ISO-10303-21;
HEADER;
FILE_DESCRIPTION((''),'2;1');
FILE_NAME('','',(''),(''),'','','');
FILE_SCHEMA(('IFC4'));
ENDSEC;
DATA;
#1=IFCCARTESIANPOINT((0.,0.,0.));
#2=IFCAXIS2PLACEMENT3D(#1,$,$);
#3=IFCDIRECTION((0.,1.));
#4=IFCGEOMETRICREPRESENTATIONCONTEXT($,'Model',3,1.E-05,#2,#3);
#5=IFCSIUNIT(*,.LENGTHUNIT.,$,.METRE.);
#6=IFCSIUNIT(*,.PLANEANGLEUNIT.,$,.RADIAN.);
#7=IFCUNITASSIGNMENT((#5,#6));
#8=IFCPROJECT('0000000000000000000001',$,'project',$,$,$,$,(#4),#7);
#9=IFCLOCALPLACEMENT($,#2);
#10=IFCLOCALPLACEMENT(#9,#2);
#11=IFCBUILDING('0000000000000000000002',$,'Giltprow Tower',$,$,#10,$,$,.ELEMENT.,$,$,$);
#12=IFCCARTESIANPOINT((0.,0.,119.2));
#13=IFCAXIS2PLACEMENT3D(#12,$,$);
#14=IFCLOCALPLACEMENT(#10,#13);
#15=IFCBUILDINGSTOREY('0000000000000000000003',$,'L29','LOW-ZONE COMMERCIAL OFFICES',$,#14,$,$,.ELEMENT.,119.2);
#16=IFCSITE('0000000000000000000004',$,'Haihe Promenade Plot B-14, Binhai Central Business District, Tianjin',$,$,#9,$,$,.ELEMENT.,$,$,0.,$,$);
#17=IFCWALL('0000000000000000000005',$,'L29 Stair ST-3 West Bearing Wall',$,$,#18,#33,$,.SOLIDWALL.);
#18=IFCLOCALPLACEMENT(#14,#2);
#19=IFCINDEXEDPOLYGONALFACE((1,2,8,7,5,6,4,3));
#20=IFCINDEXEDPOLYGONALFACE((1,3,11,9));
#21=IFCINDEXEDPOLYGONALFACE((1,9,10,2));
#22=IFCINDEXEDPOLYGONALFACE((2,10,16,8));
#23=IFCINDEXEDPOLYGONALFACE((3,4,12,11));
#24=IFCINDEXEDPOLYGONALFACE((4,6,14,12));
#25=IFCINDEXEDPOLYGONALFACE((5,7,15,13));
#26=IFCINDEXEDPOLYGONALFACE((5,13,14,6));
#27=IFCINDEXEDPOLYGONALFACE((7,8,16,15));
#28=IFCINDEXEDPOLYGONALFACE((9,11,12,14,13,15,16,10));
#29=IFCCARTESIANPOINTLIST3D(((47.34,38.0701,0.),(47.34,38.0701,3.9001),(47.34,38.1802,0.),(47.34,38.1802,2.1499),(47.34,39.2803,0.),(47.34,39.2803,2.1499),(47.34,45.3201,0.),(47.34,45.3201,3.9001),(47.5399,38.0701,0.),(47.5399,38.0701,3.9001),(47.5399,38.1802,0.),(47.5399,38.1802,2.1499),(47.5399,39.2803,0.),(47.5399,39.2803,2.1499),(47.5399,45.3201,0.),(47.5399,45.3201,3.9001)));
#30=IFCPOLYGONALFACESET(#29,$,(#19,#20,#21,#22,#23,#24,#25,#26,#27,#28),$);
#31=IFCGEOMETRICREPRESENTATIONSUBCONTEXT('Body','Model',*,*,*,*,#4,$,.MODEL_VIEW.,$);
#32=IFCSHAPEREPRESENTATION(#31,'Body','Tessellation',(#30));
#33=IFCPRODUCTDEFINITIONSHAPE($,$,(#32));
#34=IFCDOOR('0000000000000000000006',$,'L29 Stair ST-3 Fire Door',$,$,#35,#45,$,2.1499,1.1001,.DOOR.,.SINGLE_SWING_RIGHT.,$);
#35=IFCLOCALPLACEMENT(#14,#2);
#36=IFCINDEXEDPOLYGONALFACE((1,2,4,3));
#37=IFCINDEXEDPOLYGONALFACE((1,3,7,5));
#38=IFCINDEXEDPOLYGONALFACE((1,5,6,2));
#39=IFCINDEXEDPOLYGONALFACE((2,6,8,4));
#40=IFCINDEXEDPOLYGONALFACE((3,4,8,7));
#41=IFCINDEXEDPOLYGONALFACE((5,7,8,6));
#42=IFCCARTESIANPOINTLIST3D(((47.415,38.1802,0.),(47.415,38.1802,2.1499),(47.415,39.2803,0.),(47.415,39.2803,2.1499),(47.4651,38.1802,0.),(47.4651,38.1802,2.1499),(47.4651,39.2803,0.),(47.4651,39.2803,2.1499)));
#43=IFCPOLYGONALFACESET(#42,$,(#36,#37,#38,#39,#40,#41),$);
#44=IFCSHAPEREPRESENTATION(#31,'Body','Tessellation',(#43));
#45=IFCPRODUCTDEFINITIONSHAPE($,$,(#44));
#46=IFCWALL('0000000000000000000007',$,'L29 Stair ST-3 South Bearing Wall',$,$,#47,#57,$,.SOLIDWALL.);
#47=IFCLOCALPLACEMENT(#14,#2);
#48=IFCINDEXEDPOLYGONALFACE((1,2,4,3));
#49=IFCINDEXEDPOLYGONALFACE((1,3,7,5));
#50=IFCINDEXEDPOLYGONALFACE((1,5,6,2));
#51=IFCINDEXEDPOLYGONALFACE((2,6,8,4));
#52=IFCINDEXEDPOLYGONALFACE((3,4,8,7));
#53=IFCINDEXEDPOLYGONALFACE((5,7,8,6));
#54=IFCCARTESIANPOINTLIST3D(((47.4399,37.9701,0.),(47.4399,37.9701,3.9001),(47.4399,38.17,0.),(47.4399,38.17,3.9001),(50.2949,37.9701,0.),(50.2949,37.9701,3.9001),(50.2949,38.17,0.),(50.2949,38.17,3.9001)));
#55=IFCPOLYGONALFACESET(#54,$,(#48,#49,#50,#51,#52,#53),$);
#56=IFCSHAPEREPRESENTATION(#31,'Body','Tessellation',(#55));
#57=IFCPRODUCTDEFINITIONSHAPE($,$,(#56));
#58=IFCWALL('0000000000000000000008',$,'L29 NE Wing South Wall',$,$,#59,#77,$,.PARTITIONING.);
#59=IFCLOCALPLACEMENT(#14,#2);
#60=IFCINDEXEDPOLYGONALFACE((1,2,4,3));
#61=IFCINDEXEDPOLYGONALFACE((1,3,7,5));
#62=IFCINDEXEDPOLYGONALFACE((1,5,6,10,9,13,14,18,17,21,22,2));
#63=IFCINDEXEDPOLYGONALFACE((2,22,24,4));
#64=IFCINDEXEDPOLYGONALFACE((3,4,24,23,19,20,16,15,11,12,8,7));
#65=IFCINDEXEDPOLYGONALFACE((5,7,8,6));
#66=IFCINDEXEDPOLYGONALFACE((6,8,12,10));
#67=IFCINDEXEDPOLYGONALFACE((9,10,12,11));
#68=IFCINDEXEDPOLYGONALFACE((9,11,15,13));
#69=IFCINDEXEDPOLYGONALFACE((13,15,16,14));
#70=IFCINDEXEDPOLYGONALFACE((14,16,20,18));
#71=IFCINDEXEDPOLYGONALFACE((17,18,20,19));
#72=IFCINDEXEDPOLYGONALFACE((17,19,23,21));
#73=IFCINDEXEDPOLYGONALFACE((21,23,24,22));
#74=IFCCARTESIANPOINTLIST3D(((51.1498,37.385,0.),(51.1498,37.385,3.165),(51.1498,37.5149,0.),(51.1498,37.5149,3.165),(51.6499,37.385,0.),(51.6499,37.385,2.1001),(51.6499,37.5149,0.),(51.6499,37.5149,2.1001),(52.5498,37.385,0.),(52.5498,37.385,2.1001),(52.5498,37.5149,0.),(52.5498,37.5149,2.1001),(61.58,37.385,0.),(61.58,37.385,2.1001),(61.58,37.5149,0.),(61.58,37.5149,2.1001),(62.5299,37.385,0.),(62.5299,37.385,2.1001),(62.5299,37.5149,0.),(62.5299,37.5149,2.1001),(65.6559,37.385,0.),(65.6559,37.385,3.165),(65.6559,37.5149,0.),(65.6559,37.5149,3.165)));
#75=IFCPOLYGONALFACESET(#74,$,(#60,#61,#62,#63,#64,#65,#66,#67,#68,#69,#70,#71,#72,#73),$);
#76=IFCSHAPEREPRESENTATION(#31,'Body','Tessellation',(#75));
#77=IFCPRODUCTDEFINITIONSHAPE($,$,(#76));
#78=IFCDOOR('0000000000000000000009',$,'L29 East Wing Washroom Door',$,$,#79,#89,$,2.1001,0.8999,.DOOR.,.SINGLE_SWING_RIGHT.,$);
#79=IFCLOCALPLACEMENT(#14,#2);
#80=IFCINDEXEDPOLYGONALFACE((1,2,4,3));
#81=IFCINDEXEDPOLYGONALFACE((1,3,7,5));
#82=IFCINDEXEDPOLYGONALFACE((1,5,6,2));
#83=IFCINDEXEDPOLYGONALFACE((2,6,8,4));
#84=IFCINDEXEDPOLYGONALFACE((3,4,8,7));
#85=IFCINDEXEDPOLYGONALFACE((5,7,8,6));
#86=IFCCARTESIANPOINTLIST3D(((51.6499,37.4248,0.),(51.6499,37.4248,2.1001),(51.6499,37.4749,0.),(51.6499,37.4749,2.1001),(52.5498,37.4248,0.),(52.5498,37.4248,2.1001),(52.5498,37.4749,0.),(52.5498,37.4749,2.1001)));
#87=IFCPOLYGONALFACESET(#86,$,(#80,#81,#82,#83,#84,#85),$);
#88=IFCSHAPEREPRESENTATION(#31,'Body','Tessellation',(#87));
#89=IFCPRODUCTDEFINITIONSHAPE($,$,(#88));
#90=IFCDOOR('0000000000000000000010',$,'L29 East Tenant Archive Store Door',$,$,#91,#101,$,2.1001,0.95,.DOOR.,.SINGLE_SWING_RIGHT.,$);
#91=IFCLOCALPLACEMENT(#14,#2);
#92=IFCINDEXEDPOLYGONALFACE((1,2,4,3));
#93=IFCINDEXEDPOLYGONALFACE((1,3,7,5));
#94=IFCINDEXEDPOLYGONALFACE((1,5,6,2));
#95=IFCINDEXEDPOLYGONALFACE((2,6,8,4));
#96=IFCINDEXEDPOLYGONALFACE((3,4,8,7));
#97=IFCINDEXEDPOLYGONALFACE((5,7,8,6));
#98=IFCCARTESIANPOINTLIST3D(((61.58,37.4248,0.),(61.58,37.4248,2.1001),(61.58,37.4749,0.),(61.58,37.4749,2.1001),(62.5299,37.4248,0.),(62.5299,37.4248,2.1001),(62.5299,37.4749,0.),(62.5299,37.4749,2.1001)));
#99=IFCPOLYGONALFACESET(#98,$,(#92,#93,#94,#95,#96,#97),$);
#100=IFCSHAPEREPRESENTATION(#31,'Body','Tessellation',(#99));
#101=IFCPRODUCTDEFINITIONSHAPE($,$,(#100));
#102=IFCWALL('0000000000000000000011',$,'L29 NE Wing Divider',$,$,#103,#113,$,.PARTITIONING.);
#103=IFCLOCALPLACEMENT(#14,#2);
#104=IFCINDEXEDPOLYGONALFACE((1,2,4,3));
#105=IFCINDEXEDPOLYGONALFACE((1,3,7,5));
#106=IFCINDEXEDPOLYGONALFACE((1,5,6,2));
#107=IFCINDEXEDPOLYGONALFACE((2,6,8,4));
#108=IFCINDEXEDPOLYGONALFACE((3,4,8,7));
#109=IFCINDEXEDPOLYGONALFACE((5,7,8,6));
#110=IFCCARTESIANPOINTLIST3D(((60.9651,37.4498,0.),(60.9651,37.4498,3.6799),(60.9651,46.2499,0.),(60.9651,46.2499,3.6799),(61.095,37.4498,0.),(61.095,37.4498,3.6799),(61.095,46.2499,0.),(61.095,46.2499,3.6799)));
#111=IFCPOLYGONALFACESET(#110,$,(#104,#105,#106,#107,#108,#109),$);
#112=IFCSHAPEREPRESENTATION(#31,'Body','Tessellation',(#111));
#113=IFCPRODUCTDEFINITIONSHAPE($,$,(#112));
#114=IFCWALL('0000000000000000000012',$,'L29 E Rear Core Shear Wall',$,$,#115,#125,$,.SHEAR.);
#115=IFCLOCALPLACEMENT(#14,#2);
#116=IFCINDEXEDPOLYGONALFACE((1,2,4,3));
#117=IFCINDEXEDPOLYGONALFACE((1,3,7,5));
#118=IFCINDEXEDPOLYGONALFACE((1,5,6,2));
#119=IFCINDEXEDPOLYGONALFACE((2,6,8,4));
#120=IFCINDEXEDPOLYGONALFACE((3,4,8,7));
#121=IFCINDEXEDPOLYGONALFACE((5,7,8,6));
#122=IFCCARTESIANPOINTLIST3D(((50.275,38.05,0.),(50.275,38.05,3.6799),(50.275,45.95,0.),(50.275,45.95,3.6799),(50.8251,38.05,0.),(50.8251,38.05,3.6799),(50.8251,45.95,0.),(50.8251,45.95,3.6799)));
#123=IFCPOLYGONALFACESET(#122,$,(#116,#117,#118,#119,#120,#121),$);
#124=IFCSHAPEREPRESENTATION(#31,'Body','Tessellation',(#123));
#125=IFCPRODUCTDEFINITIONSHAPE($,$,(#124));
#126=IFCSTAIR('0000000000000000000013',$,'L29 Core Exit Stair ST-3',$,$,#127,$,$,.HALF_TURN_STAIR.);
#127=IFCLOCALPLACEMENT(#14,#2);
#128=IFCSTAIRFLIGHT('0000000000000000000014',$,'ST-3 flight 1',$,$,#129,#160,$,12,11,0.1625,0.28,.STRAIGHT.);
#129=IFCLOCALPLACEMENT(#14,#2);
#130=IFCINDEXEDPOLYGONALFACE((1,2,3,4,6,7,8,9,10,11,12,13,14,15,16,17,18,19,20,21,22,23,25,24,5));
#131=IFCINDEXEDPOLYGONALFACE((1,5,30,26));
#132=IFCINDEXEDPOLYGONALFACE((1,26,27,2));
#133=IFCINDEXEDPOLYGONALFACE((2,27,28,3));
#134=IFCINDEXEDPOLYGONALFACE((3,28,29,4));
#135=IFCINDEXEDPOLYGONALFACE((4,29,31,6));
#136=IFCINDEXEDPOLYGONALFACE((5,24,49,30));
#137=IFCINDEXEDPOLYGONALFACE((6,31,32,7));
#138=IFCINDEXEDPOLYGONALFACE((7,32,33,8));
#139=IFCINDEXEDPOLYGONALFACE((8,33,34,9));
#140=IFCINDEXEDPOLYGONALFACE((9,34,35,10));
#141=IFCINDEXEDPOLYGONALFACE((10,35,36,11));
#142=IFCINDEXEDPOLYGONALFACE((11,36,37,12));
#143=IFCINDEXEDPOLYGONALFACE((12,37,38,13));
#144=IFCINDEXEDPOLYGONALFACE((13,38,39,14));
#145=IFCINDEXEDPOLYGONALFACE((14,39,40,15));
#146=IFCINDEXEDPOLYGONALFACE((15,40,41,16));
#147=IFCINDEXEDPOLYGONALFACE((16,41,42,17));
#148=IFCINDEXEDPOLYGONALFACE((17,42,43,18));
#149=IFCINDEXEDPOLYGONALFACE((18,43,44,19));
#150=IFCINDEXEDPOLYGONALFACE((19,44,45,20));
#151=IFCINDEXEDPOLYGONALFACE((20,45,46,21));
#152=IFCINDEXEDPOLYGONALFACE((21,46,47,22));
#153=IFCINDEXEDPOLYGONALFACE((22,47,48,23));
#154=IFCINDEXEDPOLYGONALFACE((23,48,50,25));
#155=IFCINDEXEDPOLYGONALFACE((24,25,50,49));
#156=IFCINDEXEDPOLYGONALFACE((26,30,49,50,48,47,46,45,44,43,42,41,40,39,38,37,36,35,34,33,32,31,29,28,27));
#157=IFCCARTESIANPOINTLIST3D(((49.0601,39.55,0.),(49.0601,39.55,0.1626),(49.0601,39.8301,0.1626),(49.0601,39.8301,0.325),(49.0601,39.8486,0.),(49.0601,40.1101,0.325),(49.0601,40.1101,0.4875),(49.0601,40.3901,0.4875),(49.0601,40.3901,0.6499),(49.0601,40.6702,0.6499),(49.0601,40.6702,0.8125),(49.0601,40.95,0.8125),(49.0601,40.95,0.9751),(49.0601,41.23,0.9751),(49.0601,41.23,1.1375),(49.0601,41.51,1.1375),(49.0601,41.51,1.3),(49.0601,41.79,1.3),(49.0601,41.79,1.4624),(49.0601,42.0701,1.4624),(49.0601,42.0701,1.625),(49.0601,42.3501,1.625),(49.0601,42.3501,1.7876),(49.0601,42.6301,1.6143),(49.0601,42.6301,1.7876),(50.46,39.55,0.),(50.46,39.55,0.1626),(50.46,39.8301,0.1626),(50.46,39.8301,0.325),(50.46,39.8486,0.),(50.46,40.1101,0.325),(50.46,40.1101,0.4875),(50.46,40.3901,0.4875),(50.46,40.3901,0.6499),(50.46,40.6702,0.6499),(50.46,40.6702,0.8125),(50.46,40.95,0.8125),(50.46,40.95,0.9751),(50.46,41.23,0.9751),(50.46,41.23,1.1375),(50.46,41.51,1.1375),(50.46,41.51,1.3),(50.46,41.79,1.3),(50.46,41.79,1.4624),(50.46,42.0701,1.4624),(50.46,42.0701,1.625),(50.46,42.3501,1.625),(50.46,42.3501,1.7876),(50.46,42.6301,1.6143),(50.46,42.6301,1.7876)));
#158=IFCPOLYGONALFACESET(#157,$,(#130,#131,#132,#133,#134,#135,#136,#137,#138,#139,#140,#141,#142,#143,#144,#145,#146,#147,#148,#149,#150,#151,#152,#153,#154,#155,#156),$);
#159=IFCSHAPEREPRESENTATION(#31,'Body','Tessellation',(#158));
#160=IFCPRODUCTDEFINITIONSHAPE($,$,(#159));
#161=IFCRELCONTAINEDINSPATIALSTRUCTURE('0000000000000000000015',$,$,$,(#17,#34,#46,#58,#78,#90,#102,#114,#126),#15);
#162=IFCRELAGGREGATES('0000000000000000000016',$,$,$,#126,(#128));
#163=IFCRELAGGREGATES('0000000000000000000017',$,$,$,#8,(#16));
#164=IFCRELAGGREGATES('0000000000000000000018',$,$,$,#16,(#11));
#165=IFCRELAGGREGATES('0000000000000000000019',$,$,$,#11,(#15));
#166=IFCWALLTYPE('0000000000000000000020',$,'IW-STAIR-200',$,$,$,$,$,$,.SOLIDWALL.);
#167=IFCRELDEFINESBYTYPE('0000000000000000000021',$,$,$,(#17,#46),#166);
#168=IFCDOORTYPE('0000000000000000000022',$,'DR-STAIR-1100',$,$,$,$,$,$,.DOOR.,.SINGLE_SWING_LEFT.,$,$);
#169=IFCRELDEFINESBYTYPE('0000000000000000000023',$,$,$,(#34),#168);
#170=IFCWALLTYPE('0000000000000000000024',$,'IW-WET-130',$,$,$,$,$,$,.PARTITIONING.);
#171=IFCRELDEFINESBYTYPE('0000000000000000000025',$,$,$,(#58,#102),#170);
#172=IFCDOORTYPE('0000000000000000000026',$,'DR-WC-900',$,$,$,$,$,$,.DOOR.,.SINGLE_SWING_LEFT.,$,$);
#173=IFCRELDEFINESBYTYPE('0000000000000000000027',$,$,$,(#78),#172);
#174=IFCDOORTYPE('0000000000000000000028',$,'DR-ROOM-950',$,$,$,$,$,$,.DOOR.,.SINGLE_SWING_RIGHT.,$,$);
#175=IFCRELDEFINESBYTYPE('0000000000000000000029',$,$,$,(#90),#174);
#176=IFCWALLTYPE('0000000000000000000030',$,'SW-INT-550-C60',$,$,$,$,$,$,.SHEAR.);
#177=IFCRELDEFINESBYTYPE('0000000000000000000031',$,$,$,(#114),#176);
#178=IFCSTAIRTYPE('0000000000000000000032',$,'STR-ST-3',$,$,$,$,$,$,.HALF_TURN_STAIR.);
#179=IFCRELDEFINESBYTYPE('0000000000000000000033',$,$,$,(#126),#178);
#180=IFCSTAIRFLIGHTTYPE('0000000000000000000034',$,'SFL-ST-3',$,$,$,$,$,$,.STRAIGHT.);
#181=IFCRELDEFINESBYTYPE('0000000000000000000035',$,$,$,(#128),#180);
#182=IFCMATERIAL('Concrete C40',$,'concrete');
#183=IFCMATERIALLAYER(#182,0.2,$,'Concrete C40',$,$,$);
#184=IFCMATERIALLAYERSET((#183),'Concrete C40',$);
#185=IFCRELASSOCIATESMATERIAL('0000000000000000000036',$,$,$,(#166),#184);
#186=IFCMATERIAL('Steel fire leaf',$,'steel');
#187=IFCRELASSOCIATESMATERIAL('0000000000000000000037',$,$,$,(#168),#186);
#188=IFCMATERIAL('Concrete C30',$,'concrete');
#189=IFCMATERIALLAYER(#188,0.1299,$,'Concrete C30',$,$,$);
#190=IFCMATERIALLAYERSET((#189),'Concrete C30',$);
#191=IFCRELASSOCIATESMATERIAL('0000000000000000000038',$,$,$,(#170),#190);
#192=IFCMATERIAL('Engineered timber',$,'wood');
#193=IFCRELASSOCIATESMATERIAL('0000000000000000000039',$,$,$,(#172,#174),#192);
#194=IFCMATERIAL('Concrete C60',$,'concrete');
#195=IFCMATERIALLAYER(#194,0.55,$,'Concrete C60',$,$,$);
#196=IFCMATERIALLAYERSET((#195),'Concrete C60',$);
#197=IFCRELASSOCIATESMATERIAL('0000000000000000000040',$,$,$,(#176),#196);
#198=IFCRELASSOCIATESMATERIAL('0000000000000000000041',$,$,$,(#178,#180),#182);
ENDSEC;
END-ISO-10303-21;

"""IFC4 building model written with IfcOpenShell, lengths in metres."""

from ifc_helpers import new_model, si_unit, direction, frame, frame_2d, origin, place, context, subcontext, project, spatial, polyline, rectangle, outline, extrude, source, transform, mapped, material, layer, layer_set, type_object, element, fill, aggregate, save


model = new_model("IFC4")

# Units and contexts
model_context = context("Model", 3, precision=1e-05, world=origin(), true_north=direction((0.0, 1.0)))
body_context = subcontext(model_context, "Body", "Model", "MODEL_VIEW")
ifc_project = project(units=[si_unit("LENGTHUNIT", "METRE"), si_unit("PLANEANGLEUNIT", "RADIAN")], contexts=[model_context])

# Site, building, storey
site_placement = place(None, origin())
site = spatial("IfcSite", under=ifc_project, at=site_placement, Name="Haihe Promenade Plot B-14, Binhai Central Business District, Tianjin", CompositionType="ELEMENT", RefElevation=0.0)
building_placement = place(site_placement, origin())
building = spatial("IfcBuilding", under=site, at=building_placement, Name="Giltprow Tower", CompositionType="ELEMENT")
storey_placement = place(building_placement, frame((0.0, 0.0, 119.2)))
storey = spatial("IfcBuildingStorey", under=building, at=storey_placement, Name="L29", Description="LOW-ZONE COMMERCIAL OFFICES", CompositionType="ELEMENT", Elevation=119.2)

# Shared definitions
ifc_material_1 = material(Name="Concrete C60", Category="concrete")

# Wall, opening, door
ifc_material_2 = material(Name="Concrete C40", Category="concrete")
ifc_layer_1 = layer(ifc_material_2, 0.2, Name="Concrete C40")
ifc_layer_set_1 = layer_set([ifc_layer_1], Name="Concrete C40")
wall_type_1 = type_object("IfcWallType", Name="IW-STAIR-200", PredefinedType="SOLIDWALL", material=ifc_layer_set_1)
wall_1_placement = place(storey_placement, frame((47.4399, 38.0701, 0.0), z_axis=(0.0, 0.0, 1.0), x_axis=(0.0, 1.0, 0.0)))
wall_1 = element("IfcWall", 1, at=wall_1_placement, inside=storey, type_object=wall_type_1, Name="L29 Stair ST-3 West Bearing Wall", PredefinedType="SOLIDWALL", context=body_context, shape_type="SweptSolid", body=[
    extrude(rectangle(XDim=7.25, YDim=0.2, at=frame_2d((3.625, 0.0))), origin(), (0.0, 0.0, 1.0), 3.9001),
])
opening_1_placement = place(wall_1_placement, frame((0.1101, 0.0, 0.0)))
opening_1 = element("IfcOpeningElement", 2, at=opening_1_placement, cuts=wall_1, PredefinedType="OPENING", context=body_context, shape_type="SweptSolid", body=[
    extrude(rectangle(XDim=1.1001, YDim=2.1499, at=frame_2d((0.55, 1.075))), frame((0.0, 0.1099, 0.0), z_axis=(0.0, -1.0, 0.0), x_axis=(1.0, 0.0, 0.0)), (0.0, 0.0, 1.0), 0.22),
])
ifc_material_3 = material(Name="Steel fire leaf", Category="steel")
door_type_1 = type_object("IfcDoorType", Name="DR-STAIR-1100", OperationType="SINGLE_SWING_LEFT", PredefinedType="DOOR", material=ifc_material_3)
shared_shape_1 = source(origin(), body_context, "Body", "SweptSolid", [
    extrude(rectangle(XDim=1.1001, YDim=2.1499, at=frame_2d((0.55, 1.075))), frame((0.0, 0.0249, 0.0), z_axis=(0.0, -1.0, 0.0), x_axis=(1.0, 0.0, 0.0)), (0.0, 0.0, 1.0), 0.05),
])
door_1_placement = place(opening_1_placement, origin())
door_1 = element("IfcDoor", 3, at=door_1_placement, inside=storey, type_object=door_type_1, Name="L29 Stair ST-3 Fire Door", OperationType="SINGLE_SWING_RIGHT", OverallHeight=2.1499, OverallWidth=1.1001, PredefinedType="DOOR", context=body_context, shape_type="MappedRepresentation", body=[
    mapped(shared_shape_1, transform((0.0, 0.0, 0.0), x_axis=(1.0, 0.0, 0.0), y_axis=(0.0, 1.0, 0.0), z_axis=(0.0, 0.0, 1.0), scale=1.0)),
])
fill(opening_1, door_1)

# Wall
wall_2_placement = place(storey_placement, frame((47.4399, 38.0701, 0.0), z_axis=(0.0, 0.0, 1.0), x_axis=(1.0, 0.0, 0.0)))
element("IfcWall", 4, at=wall_2_placement, inside=storey, type_object=wall_type_1, Name="L29 Stair ST-3 South Bearing Wall", PredefinedType="SOLIDWALL", context=body_context, shape_type="SweptSolid", body=[
    extrude(rectangle(XDim=2.855, YDim=0.2, at=frame_2d((1.4275, 0.0))), origin(), (0.0, 0.0, 1.0), 3.9001),
])

# Wall, openings, doors
ifc_material_4 = material(Name="Concrete C30", Category="concrete")
ifc_layer_2 = layer(ifc_material_4, 0.1299, Name="Concrete C30")
ifc_layer_set_2 = layer_set([ifc_layer_2], Name="Concrete C30")
wall_type_2 = type_object("IfcWallType", Name="IW-WET-130", PredefinedType="PARTITIONING", material=ifc_layer_set_2)
wall_3_placement = place(storey_placement, frame((51.1499, 37.45, 0.0), z_axis=(0.0, 0.0, 1.0), x_axis=(1.0, 0.0, 0.0)))
wall_3 = element("IfcWall", 5, at=wall_3_placement, inside=storey, type_object=wall_type_2, Name="L29 NE Wing South Wall", PredefinedType="PARTITIONING", context=body_context, shape_type="SweptSolid", body=[
    extrude(rectangle(XDim=14.5061, YDim=0.1299, at=frame_2d((7.2529, 0.0))), origin(), (0.0, 0.0, 1.0), 3.165),
])
opening_2_placement = place(wall_3_placement, frame((0.5, 0.0, 0.0)))
opening_2 = element("IfcOpeningElement", 6, at=opening_2_placement, cuts=wall_3, PredefinedType="OPENING", context=body_context, shape_type="SweptSolid", body=[
    extrude(rectangle(XDim=0.8999, YDim=2.1001, at=frame_2d((0.45, 1.05))), frame((0.0, 0.075, 0.0), z_axis=(0.0, -1.0, 0.0), x_axis=(1.0, 0.0, 0.0)), (0.0, 0.0, 1.0), 0.1499),
])
opening_3_placement = place(wall_3_placement, frame((10.4299, 0.0, 0.0)))
opening_3 = element("IfcOpeningElement", 7, at=opening_3_placement, cuts=wall_3, PredefinedType="OPENING", context=body_context, shape_type="SweptSolid", body=[
    extrude(rectangle(XDim=0.95, YDim=2.1001, at=frame_2d((0.4751, 1.05))), frame((0.0, 0.075, 0.0), z_axis=(0.0, -1.0, 0.0), x_axis=(1.0, 0.0, 0.0)), (0.0, 0.0, 1.0), 0.1499),
])
ifc_material_5 = material(Name="Engineered timber", Category="wood")
door_type_2 = type_object("IfcDoorType", Name="DR-WC-900", OperationType="SINGLE_SWING_LEFT", PredefinedType="DOOR", material=ifc_material_5)
shared_shape_2 = source(origin(), body_context, "Body", "SweptSolid", [
    extrude(rectangle(XDim=0.8999, YDim=2.1001, at=frame_2d((0.45, 1.05))), frame((0.0, 0.0249, 0.0), z_axis=(0.0, -1.0, 0.0), x_axis=(1.0, 0.0, 0.0)), (0.0, 0.0, 1.0), 0.05),
])
door_2_placement = place(opening_2_placement, origin())
door_2 = element("IfcDoor", 8, at=door_2_placement, inside=storey, type_object=door_type_2, Name="L29 East Wing Washroom Door", OperationType="SINGLE_SWING_RIGHT", OverallHeight=2.1001, OverallWidth=0.8999, PredefinedType="DOOR", context=body_context, shape_type="MappedRepresentation", body=[
    mapped(shared_shape_2, transform((0.0, 0.0, 0.0), x_axis=(1.0, 0.0, 0.0), y_axis=(0.0, 1.0, 0.0), z_axis=(0.0, 0.0, 1.0), scale=1.0)),
])
fill(opening_2, door_2)
door_type_3 = type_object("IfcDoorType", Name="DR-ROOM-950", OperationType="SINGLE_SWING_RIGHT", PredefinedType="DOOR", material=ifc_material_5)
shared_shape_3 = source(origin(), body_context, "Body", "SweptSolid", [
    extrude(rectangle(XDim=0.95, YDim=2.1001, at=frame_2d((0.4751, 1.05))), frame((0.0, 0.0249, 0.0), z_axis=(0.0, -1.0, 0.0), x_axis=(1.0, 0.0, 0.0)), (0.0, 0.0, 1.0), 0.05),
])
door_3_placement = place(opening_3_placement, origin())
door_3 = element("IfcDoor", 9, at=door_3_placement, inside=storey, type_object=door_type_3, Name="L29 East Tenant Archive Store Door", OperationType="SINGLE_SWING_RIGHT", OverallHeight=2.1001, OverallWidth=0.95, PredefinedType="DOOR", context=body_context, shape_type="MappedRepresentation", body=[
    mapped(shared_shape_3, transform((0.0, 0.0, 0.0), x_axis=(1.0, 0.0, 0.0), y_axis=(0.0, 1.0, 0.0), z_axis=(0.0, 0.0, 1.0), scale=1.0)),
])
fill(opening_3, door_3)

# Walls
wall_4_placement = place(storey_placement, frame((61.03, 37.45, 0.0), z_axis=(0.0, 0.0, 1.0), x_axis=(0.0, 1.0, 0.0)))
element("IfcWall", 10, at=wall_4_placement, inside=storey, type_object=wall_type_2, Name="L29 NE Wing Divider", PredefinedType="PARTITIONING", context=body_context, shape_type="SweptSolid", body=[
    extrude(rectangle(XDim=8.8, YDim=0.1299, at=frame_2d((4.3999, 0.0))), origin(), (0.0, 0.0, 1.0), 3.6799),
])
ifc_layer_3 = layer(ifc_material_1, 0.55, Name="Concrete C60")
ifc_layer_set_3 = layer_set([ifc_layer_3], Name="Concrete C60")
wall_type_3 = type_object("IfcWallType", Name="SW-INT-550-C60", PredefinedType="SHEAR", material=ifc_layer_set_3)
wall_5_placement = place(storey_placement, frame((50.55, 38.05, 0.0), z_axis=(0.0, 0.0, 1.0), x_axis=(0.0, 1.0, 0.0)))
element("IfcWall", 11, at=wall_5_placement, inside=storey, type_object=wall_type_3, Name="L29 E Rear Core Shear Wall", PredefinedType="SHEAR", context=body_context, shape_type="SweptSolid", body=[
    extrude(rectangle(XDim=7.8999, YDim=0.55, at=frame_2d((3.95, 0.0))), origin(), (0.0, 0.0, 1.0), 3.6799),
])

# Stair, stair flight
stair_type = type_object("IfcStairType", Name="STR-ST-3", PredefinedType="HALF_TURN_STAIR", material=ifc_material_2)
stair_placement = place(storey_placement, origin())
stair = element("IfcStair", 12, at=stair_placement, inside=storey, type_object=stair_type, Name="L29 Core Exit Stair ST-3", PredefinedType="HALF_TURN_STAIR")
stair_flight_type = type_object("IfcStairFlightType", Name="SFL-ST-3", PredefinedType="STRAIGHT", material=ifc_material_2)
stair_flight_placement = place(storey_placement, frame((49.76, 39.55, 0.0), z_axis=(0.0, 0.0, 1.0), x_axis=(0.0, 1.0, 0.0)))
stair_flight = element("IfcStairFlight", 13, at=stair_flight_placement, type_object=stair_flight_type, Name="ST-3 flight 1", NumberOfRisers=12, NumberOfTreads=11, PredefinedType="STRAIGHT", RiserHeight=0.1625, TreadLength=0.28, context=body_context, shape_type="SweptSolid", body=[
    extrude(outline(polyline([(0.0, 0.0), (0.0, 0.1626), (0.28, 0.1626), (0.28, 0.325), (0.5601, 0.325), (0.5601, 0.4875), (0.8401, 0.4875), (0.8401, 0.6499), (1.1201, 0.6499), (1.1201, 0.8125), (1.3999, 0.8125), (1.3999, 0.9751), (1.6799, 0.9751), (1.6799, 1.1375), (1.96, 1.1375), (1.96, 1.3), (2.24, 1.3), (2.24, 1.4624), (2.52, 1.4624), (2.52, 1.625), (2.8, 1.625), (2.8, 1.7876), (3.0801, 1.7876), (3.0801, 1.95), (3.0801, 1.6143), (0.2986, 0.0), (0.0, 0.0)])), frame((0.0, 0.7, 0.0), z_axis=(0.0, -1.0, 0.0), x_axis=(1.0, 0.0, 0.0)), (0.0, 0.0, 1.0), 1.3999),
])
aggregate(stair, [stair_flight])

save(model, "model.ifc")
